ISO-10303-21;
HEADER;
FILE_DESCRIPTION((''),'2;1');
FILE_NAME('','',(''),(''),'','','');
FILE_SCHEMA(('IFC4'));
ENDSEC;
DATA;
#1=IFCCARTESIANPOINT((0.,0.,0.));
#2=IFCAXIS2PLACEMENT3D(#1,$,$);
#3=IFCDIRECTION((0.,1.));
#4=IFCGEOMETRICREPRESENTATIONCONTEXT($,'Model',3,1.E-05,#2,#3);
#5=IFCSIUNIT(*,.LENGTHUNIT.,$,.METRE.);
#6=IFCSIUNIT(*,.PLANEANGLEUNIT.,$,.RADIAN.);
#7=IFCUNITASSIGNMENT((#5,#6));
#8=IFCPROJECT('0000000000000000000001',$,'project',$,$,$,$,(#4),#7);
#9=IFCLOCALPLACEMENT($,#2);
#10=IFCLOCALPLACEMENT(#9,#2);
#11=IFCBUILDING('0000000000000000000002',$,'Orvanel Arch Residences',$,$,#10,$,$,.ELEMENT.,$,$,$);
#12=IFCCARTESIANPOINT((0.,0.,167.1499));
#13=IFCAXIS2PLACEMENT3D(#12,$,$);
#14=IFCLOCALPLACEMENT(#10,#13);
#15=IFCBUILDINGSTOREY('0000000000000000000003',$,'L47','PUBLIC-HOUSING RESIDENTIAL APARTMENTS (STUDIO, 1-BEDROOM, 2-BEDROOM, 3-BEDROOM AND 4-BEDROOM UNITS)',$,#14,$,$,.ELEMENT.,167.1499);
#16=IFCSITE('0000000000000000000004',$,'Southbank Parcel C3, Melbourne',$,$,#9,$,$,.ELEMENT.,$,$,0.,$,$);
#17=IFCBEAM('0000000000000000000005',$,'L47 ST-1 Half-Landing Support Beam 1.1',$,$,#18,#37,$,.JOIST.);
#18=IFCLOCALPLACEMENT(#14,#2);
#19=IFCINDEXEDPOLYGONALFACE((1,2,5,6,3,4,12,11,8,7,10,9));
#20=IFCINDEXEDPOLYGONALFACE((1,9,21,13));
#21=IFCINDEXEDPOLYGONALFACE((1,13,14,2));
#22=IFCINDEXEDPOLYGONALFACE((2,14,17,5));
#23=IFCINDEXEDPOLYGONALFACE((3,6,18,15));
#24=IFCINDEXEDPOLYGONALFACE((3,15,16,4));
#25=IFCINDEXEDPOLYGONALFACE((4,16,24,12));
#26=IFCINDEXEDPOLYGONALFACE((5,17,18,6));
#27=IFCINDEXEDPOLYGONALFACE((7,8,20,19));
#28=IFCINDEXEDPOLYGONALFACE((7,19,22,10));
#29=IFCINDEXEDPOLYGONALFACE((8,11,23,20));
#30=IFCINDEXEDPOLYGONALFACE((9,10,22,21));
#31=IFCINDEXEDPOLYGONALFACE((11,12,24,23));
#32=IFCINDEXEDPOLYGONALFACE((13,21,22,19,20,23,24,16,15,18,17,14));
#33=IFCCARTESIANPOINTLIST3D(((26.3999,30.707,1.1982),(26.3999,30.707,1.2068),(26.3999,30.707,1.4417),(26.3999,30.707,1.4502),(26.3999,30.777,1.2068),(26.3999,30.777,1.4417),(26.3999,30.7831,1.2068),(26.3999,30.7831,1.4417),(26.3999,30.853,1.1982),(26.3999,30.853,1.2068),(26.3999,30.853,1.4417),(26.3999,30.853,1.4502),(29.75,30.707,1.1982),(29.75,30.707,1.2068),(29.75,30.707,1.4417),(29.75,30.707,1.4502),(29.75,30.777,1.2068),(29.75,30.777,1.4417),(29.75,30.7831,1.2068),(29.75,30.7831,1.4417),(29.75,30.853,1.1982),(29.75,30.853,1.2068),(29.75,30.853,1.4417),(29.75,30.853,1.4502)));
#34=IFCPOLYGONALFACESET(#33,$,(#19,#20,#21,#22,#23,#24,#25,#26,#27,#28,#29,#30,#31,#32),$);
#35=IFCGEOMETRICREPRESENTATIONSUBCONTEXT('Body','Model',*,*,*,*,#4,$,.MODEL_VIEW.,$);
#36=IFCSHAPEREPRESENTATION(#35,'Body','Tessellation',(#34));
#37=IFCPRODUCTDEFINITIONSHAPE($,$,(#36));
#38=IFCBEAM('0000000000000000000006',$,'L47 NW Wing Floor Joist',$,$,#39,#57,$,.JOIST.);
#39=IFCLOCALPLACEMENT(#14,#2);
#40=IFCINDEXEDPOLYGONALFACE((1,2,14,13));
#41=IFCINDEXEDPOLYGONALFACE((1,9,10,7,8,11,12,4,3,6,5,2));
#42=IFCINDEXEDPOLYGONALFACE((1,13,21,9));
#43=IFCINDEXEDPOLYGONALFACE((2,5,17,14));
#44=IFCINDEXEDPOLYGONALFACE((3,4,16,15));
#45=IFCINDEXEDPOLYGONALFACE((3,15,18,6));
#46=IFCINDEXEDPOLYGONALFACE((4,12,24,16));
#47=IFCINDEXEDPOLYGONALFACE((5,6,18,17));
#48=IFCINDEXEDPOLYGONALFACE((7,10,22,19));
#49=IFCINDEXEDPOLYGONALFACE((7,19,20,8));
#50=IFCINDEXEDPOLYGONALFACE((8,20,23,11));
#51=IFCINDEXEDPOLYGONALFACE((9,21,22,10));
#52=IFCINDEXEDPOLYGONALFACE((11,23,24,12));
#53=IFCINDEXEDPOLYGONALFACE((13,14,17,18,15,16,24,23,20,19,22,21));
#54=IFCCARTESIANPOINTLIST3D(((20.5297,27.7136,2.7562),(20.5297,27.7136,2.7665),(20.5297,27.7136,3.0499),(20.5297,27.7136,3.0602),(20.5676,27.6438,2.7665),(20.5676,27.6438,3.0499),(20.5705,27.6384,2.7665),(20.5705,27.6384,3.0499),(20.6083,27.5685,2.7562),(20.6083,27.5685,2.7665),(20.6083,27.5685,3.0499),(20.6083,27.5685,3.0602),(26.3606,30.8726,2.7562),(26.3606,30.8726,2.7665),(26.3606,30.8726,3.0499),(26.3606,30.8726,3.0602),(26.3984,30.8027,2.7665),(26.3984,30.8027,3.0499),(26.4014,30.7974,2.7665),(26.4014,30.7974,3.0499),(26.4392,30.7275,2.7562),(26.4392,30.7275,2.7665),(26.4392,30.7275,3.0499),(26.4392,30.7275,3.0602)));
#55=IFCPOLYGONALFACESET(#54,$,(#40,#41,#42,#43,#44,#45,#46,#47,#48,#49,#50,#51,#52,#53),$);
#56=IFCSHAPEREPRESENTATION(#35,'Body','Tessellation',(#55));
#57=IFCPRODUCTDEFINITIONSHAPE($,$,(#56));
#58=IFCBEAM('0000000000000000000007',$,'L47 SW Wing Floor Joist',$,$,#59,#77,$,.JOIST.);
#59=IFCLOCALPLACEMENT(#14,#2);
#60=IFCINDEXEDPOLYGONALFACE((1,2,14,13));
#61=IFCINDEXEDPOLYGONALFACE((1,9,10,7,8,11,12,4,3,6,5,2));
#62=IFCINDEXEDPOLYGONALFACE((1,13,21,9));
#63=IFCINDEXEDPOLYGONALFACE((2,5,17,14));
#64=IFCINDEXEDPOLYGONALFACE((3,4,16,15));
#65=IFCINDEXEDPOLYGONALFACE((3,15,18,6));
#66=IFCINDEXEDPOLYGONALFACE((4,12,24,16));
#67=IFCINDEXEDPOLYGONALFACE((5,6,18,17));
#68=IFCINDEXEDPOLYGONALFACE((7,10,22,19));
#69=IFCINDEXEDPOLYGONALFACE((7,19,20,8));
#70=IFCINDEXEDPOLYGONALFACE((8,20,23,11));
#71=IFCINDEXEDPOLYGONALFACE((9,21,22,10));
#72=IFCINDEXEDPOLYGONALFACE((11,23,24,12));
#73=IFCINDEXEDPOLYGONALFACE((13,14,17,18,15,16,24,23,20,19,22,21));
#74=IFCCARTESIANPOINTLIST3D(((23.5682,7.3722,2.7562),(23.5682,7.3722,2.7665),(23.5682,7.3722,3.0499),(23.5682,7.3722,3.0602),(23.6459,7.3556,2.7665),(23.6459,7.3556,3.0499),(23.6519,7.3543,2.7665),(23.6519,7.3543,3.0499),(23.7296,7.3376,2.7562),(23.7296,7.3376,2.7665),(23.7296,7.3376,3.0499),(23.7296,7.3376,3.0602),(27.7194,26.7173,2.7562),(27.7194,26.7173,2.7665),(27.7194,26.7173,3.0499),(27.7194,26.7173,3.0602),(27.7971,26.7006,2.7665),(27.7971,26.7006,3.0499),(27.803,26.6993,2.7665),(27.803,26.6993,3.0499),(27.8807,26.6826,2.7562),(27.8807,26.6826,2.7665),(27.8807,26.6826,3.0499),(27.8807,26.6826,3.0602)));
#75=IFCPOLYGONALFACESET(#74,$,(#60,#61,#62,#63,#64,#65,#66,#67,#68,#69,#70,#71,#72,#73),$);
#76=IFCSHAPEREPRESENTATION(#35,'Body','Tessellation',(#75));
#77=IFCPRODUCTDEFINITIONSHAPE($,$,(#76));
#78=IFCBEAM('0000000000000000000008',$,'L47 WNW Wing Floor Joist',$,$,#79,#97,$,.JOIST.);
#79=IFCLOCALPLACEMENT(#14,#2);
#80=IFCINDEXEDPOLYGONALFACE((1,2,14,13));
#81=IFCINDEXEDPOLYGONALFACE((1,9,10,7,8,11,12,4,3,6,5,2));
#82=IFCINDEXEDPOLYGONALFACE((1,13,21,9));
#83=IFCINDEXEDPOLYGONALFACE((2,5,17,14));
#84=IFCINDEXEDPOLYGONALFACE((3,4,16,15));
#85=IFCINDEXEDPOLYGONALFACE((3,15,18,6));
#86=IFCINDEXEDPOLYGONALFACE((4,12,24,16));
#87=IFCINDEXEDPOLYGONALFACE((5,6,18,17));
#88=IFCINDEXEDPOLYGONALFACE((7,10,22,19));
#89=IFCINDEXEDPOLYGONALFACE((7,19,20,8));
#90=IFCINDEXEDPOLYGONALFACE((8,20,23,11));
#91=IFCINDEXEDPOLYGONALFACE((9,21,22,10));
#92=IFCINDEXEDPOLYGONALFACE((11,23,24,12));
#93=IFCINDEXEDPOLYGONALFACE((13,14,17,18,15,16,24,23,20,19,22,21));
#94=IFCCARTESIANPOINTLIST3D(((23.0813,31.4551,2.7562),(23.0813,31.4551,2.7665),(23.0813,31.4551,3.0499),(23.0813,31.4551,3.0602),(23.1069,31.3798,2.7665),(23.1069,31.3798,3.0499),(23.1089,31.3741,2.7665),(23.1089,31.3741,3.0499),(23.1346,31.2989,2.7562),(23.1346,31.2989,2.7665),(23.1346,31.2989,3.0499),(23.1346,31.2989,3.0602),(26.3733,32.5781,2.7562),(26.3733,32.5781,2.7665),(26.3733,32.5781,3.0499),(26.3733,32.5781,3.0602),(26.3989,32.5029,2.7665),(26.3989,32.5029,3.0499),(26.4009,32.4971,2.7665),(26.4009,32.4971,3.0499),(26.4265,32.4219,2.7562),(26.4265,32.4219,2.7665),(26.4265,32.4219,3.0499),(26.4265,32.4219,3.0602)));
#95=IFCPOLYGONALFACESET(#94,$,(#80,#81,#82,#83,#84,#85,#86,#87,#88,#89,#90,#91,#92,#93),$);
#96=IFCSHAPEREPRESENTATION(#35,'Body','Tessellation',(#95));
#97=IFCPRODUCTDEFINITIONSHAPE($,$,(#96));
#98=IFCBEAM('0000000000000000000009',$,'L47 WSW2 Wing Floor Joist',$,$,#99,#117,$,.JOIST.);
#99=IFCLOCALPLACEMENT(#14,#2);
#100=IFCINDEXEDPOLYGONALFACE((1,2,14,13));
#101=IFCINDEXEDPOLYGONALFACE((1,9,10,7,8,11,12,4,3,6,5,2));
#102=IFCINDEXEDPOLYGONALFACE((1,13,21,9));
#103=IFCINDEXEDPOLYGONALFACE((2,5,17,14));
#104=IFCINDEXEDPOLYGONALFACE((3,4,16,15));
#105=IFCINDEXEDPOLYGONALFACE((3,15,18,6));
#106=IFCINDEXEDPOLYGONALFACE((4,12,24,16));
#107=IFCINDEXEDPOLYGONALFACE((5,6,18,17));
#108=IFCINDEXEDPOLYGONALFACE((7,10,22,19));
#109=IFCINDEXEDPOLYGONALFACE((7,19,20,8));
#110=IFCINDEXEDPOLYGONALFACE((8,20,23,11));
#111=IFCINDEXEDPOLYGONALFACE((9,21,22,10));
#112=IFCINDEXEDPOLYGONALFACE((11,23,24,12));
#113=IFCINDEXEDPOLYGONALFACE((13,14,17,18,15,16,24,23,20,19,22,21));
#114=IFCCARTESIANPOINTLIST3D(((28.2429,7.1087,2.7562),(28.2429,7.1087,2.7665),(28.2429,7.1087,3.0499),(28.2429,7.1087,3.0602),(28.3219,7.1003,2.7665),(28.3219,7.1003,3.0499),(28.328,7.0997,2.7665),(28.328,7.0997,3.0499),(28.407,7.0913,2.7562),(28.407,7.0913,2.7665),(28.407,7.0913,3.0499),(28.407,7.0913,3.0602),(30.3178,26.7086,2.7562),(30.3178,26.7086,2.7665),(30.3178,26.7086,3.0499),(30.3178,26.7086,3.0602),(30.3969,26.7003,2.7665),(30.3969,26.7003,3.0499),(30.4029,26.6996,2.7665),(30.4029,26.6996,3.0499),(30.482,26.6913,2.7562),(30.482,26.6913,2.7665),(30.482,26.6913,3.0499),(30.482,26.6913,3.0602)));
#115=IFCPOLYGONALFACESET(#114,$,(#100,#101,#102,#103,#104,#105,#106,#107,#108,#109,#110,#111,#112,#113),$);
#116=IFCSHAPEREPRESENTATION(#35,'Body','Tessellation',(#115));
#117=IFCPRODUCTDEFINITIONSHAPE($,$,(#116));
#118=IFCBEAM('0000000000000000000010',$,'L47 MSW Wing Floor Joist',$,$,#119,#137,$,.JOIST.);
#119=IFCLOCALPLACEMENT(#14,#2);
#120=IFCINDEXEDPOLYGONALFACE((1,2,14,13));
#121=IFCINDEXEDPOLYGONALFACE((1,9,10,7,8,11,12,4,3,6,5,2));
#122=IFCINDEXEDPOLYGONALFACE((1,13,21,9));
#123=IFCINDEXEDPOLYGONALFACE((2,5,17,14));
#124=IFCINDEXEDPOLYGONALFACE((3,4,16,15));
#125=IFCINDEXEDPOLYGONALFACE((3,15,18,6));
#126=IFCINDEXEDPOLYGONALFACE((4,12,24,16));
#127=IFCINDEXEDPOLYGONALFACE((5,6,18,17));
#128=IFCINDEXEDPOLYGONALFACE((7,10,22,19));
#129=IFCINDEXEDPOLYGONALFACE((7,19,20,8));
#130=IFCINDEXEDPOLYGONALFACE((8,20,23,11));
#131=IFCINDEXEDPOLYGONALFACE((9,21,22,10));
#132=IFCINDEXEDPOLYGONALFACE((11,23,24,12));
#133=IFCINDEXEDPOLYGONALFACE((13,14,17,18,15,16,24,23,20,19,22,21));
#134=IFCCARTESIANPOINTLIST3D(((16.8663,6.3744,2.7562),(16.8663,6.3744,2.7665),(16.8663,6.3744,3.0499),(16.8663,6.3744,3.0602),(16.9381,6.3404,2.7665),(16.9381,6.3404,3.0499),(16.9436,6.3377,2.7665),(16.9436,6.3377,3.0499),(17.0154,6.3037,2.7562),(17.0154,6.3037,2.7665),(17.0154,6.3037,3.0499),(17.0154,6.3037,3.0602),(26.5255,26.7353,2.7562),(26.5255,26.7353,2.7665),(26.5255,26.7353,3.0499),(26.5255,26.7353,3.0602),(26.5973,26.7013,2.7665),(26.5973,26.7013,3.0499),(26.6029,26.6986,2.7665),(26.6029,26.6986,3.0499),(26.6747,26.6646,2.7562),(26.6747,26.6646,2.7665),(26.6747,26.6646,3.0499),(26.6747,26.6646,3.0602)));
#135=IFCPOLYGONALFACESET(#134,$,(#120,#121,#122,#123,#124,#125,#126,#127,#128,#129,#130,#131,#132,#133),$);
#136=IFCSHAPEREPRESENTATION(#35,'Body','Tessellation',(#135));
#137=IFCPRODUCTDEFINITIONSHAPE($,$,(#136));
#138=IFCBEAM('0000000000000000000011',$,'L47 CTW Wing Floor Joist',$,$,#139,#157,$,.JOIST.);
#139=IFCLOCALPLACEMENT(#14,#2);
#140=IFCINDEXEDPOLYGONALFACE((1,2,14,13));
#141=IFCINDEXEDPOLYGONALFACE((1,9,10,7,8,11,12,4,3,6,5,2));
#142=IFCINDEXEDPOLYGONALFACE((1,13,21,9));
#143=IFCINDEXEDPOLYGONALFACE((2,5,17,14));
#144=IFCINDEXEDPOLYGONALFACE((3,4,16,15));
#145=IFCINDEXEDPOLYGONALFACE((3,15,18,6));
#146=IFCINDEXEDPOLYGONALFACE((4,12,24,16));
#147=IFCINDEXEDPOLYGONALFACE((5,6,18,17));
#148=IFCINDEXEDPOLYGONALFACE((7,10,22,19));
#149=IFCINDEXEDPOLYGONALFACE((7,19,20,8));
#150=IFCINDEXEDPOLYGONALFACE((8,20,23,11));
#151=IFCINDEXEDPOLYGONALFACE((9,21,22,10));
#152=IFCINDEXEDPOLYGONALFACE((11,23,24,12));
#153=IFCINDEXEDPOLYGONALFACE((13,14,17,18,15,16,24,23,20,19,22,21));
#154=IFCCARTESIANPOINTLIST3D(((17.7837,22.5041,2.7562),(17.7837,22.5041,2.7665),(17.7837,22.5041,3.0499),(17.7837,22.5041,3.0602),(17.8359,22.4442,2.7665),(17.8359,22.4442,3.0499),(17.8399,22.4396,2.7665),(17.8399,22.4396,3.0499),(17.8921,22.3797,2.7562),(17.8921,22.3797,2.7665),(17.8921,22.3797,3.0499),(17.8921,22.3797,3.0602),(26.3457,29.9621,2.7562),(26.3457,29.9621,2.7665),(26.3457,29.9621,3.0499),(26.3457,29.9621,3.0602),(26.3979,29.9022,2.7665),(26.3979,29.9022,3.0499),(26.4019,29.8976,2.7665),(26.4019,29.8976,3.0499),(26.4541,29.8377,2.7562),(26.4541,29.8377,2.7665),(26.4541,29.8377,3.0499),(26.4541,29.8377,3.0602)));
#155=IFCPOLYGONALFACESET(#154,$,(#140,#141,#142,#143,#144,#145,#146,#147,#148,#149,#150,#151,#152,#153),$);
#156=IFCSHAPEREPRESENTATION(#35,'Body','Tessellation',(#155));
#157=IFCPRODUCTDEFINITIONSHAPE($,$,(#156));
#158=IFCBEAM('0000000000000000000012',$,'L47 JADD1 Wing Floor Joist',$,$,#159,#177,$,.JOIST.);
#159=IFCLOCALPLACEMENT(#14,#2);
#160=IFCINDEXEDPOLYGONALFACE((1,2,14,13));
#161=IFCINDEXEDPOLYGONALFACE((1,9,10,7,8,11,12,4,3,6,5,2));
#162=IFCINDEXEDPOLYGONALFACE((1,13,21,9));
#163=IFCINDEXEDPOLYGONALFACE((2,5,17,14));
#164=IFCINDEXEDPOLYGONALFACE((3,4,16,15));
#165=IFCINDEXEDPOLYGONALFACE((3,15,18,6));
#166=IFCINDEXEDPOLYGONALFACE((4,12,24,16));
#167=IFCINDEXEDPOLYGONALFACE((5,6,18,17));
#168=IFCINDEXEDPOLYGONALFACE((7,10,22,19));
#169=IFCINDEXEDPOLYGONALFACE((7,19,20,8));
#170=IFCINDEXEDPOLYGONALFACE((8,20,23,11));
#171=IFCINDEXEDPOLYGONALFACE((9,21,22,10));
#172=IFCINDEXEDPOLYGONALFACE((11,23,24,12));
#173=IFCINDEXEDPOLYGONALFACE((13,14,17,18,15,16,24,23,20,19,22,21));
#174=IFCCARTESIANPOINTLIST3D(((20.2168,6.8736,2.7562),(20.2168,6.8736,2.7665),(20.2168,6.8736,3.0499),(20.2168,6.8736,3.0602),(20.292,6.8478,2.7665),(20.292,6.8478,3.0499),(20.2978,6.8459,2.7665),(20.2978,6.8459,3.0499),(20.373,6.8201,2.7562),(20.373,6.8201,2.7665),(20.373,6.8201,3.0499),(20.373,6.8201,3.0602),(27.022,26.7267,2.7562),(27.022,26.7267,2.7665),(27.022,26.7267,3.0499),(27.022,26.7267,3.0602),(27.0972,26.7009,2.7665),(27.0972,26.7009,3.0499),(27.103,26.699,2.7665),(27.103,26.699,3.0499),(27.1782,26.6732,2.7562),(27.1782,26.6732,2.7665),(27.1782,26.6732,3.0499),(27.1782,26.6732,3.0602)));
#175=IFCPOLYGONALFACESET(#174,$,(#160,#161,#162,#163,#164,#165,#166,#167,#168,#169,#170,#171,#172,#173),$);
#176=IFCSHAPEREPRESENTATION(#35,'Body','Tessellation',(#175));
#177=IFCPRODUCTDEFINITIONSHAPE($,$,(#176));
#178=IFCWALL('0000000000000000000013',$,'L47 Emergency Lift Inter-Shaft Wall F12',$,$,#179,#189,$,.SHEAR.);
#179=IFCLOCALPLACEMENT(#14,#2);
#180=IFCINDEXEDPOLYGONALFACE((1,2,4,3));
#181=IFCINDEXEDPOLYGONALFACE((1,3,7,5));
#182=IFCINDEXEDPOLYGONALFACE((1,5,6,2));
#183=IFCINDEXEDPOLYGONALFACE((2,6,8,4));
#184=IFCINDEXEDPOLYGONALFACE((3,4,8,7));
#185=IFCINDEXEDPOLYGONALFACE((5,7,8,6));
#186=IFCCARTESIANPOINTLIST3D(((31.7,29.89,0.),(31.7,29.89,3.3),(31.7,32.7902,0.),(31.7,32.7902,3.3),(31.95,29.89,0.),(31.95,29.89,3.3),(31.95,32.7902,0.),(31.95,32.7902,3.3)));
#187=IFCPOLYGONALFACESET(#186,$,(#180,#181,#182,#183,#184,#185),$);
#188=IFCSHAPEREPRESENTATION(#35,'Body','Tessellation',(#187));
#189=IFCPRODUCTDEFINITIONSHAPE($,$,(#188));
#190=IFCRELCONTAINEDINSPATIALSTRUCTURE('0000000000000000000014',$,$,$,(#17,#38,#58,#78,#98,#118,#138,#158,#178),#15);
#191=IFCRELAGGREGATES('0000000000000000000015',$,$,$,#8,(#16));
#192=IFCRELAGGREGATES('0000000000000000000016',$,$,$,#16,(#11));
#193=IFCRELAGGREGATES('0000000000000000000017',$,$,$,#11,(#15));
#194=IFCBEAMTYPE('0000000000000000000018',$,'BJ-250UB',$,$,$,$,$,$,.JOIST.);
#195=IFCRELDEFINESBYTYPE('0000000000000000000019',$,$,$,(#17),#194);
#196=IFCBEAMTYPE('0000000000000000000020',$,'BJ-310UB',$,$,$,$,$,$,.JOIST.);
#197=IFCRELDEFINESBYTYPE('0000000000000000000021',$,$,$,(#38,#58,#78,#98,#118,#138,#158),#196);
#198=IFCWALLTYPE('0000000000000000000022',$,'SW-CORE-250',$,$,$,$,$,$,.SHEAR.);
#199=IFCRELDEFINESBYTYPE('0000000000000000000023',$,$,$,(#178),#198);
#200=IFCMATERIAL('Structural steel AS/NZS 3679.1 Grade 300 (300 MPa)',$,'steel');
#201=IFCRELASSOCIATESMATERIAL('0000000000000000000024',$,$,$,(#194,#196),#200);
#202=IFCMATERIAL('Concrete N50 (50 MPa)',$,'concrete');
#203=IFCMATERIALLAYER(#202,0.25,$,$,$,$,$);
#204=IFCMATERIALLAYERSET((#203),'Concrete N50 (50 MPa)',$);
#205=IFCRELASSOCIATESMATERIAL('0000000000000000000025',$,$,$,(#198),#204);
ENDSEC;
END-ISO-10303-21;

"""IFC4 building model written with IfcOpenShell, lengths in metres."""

from ifc_helpers import new_model, si_unit, direction, frame, frame_2d, origin, origin_2d, place, context, subcontext, project, spatial, rectangle, i_section, extrude, material, layer, layer_set, material_profile, profile_set, type_object, element, save


model = new_model("IFC4")

# Units and contexts
model_context = context("Model", 3, precision=1e-05, world=origin(), true_north=direction((0.0, 1.0)))
body_context = subcontext(model_context, "Body", "Model", "MODEL_VIEW")
ifc_project = project(units=[si_unit("LENGTHUNIT", "METRE"), si_unit("PLANEANGLEUNIT", "RADIAN")], contexts=[model_context])

# Site, building, storey
site_placement = place(None, origin())
site = spatial("IfcSite", under=ifc_project, at=site_placement, Name="Southbank Parcel C3, Melbourne", CompositionType="ELEMENT", RefElevation=0.0)
building_placement = place(site_placement, origin())
building = spatial("IfcBuilding", under=site, at=building_placement, Name="Orvanel Arch Residences", CompositionType="ELEMENT")
storey_placement = place(building_placement, frame((0.0, 0.0, 167.1499)))
storey = spatial("IfcBuildingStorey", under=building, at=storey_placement, Name="L47", Description="PUBLIC-HOUSING RESIDENTIAL APARTMENTS (STUDIO, 1-BEDROOM, 2-BEDROOM, 3-BEDROOM AND 4-BEDROOM UNITS)", CompositionType="ELEMENT", Elevation=167.1499)

# Beams
ifc_material_1 = material(Name="Structural steel AS/NZS 3679.1 Grade 300 (300 MPa)", Category="steel")
ifc_material_profile_1 = material_profile(ifc_material_1, i_section(OverallWidth=0.146, OverallDepth=0.252, WebThickness=0.0061, FlangeThickness=0.0085, at=origin_2d()), Name="250UB31.4")
ifc_profile_set_1 = profile_set([ifc_material_profile_1], Name="Structural steel AS/NZS 3679.1 Grade 300 (300 MPa)")
beam_type_1 = type_object("IfcBeamType", Name="BJ-250UB", PredefinedType="JOIST", material=ifc_profile_set_1)
beam_1_placement = place(storey_placement, frame((26.3999, 30.78, 1.3242), z_axis=(1.0, 0.0, 0.0), x_axis=(0.0, 1.0, 0.0)))
element("IfcBeam", 1, at=beam_1_placement, inside=storey, type_object=beam_type_1, Name="L47 ST-1 Half-Landing Support Beam 1.1", PredefinedType="JOIST", context=body_context, shape_type="SweptSolid", body=[
    extrude(i_section(OverallWidth=0.146, OverallDepth=0.252, WebThickness=0.0061, FlangeThickness=0.0085, at=origin_2d()), origin(), (0.0, 0.0, 1.0), 3.3501),
])
ifc_material_profile_2 = material_profile(ifc_material_1, i_section(OverallWidth=0.165, OverallDepth=0.304, WebThickness=0.0061, FlangeThickness=0.0103, at=origin_2d()), Name="310UB40.4")
ifc_profile_set_2 = profile_set([ifc_material_profile_2], Name="Structural steel AS/NZS 3679.1 Grade 300 (300 MPa)")
beam_type_2 = type_object("IfcBeamType", Name="BJ-310UB", PredefinedType="JOIST", material=ifc_profile_set_2)
beam_2_placement = place(storey_placement, frame((26.3999, 30.8, 2.9082), z_axis=(-0.879255, -0.476351, 0.0), x_axis=(0.476351, -0.879255, 0.0)))
element("IfcBeam", 2, at=beam_2_placement, inside=storey, type_object=beam_type_2, Name="L47 NW Wing Floor Joist", PredefinedType="JOIST", context=body_context, shape_type="SweptSolid", body=[
    extrude(i_section(OverallWidth=0.165, OverallDepth=0.304, WebThickness=0.0061, FlangeThickness=0.0103, at=origin_2d()), origin(), (0.0, 0.0, 1.0), 6.6316),
])
beam_3_placement = place(storey_placement, frame((27.8, 26.7, 2.9082), z_axis=(-0.209808, -0.977743, 0.0), x_axis=(0.977743, -0.209808, 0.0)))
element("IfcBeam", 3, at=beam_3_placement, inside=storey, type_object=beam_type_2, Name="L47 SW Wing Floor Joist", PredefinedType="JOIST", context=body_context, shape_type="SweptSolid", body=[
    extrude(i_section(OverallWidth=0.165, OverallDepth=0.304, WebThickness=0.0061, FlangeThickness=0.0103, at=origin_2d()), origin(), (0.0, 0.0, 1.0), 19.7854),
])
beam_4_placement = place(storey_placement, frame((26.3999, 32.5, 2.9082), z_axis=(-0.946442, -0.322874, 0.0), x_axis=(0.322874, -0.946442, 0.0)))
element("IfcBeam", 4, at=beam_4_placement, inside=storey, type_object=beam_type_2, Name="L47 WNW Wing Floor Joist", PredefinedType="JOIST", context=body_context, shape_type="SweptSolid", body=[
    extrude(i_section(OverallWidth=0.165, OverallDepth=0.304, WebThickness=0.0061, FlangeThickness=0.0103, at=origin_2d()), origin(), (0.0, 0.0, 1.0), 3.4783),
])
beam_5_placement = place(storey_placement, frame((30.3999, 26.7, 2.9082), z_axis=(-0.105277, -0.994443, 0.0), x_axis=(0.994443, -0.105277, 0.0)))
element("IfcBeam", 5, at=beam_5_placement, inside=storey, type_object=beam_type_2, Name="L47 WSW2 Wing Floor Joist", PredefinedType="JOIST", context=body_context, shape_type="SweptSolid", body=[
    extrude(i_section(OverallWidth=0.165, OverallDepth=0.304, WebThickness=0.0061, FlangeThickness=0.0103, at=origin_2d()), origin(), (0.0, 0.0, 1.0), 19.7095),
])
beam_6_placement = place(storey_placement, frame((26.6001, 26.7, 2.9082), z_axis=(-0.428614, -0.903488, 0.0), x_axis=(0.903488, -0.428614, 0.0)))
element("IfcBeam", 6, at=beam_6_placement, inside=storey, type_object=beam_type_2, Name="L47 MSW Wing Floor Joist", PredefinedType="JOIST", context=body_context, shape_type="SweptSolid", body=[
    extrude(i_section(OverallWidth=0.165, OverallDepth=0.304, WebThickness=0.0061, FlangeThickness=0.0103, at=origin_2d()), origin(), (0.0, 0.0, 1.0), 22.5359),
])
beam_7_placement = place(storey_placement, frame((26.3999, 29.8999, 2.9082), z_axis=(-0.754048, -0.656819, 0.0), x_axis=(0.656819, -0.754048, 0.0)))
element("IfcBeam", 7, at=beam_7_placement, inside=storey, type_object=beam_type_2, Name="L47 CTW Wing Floor Joist", PredefinedType="JOIST", context=body_context, shape_type="SweptSolid", body=[
    extrude(i_section(OverallWidth=0.165, OverallDepth=0.304, WebThickness=0.0061, FlangeThickness=0.0103, at=origin_2d()), origin(), (0.0, 0.0, 1.0), 11.3547),
])
beam_8_placement = place(storey_placement, frame((27.1001, 26.7, 2.9082), z_axis=(-0.324257, -0.945969, 0.0), x_axis=(0.945969, -0.324257, 0.0)))
element("IfcBeam", 8, at=beam_8_placement, inside=storey, type_object=beam_type_2, Name="L47 JADD1 Wing Floor Joist", PredefinedType="JOIST", context=body_context, shape_type="SweptSolid", body=[
    extrude(i_section(OverallWidth=0.165, OverallDepth=0.304, WebThickness=0.0061, FlangeThickness=0.0103, at=origin_2d()), origin(), (0.0, 0.0, 1.0), 20.9871),
])

# Wall
ifc_material_2 = material(Name="Concrete N50 (50 MPa)", Category="concrete")
ifc_layer_1 = layer(ifc_material_2, 0.25)
ifc_layer_set_1 = layer_set([ifc_layer_1], Name="Concrete N50 (50 MPa)")
wall_type_1 = type_object("IfcWallType", Name="SW-CORE-250", PredefinedType="SHEAR", material=ifc_layer_set_1)
wall_1_placement = place(storey_placement, frame((31.825, 29.8899, 0.0), z_axis=(0.0, 0.0, 1.0), x_axis=(0.0, 1.0, 0.0)))
element("IfcWall", 9, at=wall_1_placement, inside=storey, type_object=wall_type_1, Name="L47 Emergency Lift Inter-Shaft Wall F12", PredefinedType="SHEAR", context=body_context, shape_type="SweptSolid", body=[
    extrude(rectangle(XDim=2.9001, YDim=0.25, at=frame_2d((1.4502, 0.0))), origin(), (0.0, 0.0, 1.0), 3.3),
])

save(model, "model.ifc")
